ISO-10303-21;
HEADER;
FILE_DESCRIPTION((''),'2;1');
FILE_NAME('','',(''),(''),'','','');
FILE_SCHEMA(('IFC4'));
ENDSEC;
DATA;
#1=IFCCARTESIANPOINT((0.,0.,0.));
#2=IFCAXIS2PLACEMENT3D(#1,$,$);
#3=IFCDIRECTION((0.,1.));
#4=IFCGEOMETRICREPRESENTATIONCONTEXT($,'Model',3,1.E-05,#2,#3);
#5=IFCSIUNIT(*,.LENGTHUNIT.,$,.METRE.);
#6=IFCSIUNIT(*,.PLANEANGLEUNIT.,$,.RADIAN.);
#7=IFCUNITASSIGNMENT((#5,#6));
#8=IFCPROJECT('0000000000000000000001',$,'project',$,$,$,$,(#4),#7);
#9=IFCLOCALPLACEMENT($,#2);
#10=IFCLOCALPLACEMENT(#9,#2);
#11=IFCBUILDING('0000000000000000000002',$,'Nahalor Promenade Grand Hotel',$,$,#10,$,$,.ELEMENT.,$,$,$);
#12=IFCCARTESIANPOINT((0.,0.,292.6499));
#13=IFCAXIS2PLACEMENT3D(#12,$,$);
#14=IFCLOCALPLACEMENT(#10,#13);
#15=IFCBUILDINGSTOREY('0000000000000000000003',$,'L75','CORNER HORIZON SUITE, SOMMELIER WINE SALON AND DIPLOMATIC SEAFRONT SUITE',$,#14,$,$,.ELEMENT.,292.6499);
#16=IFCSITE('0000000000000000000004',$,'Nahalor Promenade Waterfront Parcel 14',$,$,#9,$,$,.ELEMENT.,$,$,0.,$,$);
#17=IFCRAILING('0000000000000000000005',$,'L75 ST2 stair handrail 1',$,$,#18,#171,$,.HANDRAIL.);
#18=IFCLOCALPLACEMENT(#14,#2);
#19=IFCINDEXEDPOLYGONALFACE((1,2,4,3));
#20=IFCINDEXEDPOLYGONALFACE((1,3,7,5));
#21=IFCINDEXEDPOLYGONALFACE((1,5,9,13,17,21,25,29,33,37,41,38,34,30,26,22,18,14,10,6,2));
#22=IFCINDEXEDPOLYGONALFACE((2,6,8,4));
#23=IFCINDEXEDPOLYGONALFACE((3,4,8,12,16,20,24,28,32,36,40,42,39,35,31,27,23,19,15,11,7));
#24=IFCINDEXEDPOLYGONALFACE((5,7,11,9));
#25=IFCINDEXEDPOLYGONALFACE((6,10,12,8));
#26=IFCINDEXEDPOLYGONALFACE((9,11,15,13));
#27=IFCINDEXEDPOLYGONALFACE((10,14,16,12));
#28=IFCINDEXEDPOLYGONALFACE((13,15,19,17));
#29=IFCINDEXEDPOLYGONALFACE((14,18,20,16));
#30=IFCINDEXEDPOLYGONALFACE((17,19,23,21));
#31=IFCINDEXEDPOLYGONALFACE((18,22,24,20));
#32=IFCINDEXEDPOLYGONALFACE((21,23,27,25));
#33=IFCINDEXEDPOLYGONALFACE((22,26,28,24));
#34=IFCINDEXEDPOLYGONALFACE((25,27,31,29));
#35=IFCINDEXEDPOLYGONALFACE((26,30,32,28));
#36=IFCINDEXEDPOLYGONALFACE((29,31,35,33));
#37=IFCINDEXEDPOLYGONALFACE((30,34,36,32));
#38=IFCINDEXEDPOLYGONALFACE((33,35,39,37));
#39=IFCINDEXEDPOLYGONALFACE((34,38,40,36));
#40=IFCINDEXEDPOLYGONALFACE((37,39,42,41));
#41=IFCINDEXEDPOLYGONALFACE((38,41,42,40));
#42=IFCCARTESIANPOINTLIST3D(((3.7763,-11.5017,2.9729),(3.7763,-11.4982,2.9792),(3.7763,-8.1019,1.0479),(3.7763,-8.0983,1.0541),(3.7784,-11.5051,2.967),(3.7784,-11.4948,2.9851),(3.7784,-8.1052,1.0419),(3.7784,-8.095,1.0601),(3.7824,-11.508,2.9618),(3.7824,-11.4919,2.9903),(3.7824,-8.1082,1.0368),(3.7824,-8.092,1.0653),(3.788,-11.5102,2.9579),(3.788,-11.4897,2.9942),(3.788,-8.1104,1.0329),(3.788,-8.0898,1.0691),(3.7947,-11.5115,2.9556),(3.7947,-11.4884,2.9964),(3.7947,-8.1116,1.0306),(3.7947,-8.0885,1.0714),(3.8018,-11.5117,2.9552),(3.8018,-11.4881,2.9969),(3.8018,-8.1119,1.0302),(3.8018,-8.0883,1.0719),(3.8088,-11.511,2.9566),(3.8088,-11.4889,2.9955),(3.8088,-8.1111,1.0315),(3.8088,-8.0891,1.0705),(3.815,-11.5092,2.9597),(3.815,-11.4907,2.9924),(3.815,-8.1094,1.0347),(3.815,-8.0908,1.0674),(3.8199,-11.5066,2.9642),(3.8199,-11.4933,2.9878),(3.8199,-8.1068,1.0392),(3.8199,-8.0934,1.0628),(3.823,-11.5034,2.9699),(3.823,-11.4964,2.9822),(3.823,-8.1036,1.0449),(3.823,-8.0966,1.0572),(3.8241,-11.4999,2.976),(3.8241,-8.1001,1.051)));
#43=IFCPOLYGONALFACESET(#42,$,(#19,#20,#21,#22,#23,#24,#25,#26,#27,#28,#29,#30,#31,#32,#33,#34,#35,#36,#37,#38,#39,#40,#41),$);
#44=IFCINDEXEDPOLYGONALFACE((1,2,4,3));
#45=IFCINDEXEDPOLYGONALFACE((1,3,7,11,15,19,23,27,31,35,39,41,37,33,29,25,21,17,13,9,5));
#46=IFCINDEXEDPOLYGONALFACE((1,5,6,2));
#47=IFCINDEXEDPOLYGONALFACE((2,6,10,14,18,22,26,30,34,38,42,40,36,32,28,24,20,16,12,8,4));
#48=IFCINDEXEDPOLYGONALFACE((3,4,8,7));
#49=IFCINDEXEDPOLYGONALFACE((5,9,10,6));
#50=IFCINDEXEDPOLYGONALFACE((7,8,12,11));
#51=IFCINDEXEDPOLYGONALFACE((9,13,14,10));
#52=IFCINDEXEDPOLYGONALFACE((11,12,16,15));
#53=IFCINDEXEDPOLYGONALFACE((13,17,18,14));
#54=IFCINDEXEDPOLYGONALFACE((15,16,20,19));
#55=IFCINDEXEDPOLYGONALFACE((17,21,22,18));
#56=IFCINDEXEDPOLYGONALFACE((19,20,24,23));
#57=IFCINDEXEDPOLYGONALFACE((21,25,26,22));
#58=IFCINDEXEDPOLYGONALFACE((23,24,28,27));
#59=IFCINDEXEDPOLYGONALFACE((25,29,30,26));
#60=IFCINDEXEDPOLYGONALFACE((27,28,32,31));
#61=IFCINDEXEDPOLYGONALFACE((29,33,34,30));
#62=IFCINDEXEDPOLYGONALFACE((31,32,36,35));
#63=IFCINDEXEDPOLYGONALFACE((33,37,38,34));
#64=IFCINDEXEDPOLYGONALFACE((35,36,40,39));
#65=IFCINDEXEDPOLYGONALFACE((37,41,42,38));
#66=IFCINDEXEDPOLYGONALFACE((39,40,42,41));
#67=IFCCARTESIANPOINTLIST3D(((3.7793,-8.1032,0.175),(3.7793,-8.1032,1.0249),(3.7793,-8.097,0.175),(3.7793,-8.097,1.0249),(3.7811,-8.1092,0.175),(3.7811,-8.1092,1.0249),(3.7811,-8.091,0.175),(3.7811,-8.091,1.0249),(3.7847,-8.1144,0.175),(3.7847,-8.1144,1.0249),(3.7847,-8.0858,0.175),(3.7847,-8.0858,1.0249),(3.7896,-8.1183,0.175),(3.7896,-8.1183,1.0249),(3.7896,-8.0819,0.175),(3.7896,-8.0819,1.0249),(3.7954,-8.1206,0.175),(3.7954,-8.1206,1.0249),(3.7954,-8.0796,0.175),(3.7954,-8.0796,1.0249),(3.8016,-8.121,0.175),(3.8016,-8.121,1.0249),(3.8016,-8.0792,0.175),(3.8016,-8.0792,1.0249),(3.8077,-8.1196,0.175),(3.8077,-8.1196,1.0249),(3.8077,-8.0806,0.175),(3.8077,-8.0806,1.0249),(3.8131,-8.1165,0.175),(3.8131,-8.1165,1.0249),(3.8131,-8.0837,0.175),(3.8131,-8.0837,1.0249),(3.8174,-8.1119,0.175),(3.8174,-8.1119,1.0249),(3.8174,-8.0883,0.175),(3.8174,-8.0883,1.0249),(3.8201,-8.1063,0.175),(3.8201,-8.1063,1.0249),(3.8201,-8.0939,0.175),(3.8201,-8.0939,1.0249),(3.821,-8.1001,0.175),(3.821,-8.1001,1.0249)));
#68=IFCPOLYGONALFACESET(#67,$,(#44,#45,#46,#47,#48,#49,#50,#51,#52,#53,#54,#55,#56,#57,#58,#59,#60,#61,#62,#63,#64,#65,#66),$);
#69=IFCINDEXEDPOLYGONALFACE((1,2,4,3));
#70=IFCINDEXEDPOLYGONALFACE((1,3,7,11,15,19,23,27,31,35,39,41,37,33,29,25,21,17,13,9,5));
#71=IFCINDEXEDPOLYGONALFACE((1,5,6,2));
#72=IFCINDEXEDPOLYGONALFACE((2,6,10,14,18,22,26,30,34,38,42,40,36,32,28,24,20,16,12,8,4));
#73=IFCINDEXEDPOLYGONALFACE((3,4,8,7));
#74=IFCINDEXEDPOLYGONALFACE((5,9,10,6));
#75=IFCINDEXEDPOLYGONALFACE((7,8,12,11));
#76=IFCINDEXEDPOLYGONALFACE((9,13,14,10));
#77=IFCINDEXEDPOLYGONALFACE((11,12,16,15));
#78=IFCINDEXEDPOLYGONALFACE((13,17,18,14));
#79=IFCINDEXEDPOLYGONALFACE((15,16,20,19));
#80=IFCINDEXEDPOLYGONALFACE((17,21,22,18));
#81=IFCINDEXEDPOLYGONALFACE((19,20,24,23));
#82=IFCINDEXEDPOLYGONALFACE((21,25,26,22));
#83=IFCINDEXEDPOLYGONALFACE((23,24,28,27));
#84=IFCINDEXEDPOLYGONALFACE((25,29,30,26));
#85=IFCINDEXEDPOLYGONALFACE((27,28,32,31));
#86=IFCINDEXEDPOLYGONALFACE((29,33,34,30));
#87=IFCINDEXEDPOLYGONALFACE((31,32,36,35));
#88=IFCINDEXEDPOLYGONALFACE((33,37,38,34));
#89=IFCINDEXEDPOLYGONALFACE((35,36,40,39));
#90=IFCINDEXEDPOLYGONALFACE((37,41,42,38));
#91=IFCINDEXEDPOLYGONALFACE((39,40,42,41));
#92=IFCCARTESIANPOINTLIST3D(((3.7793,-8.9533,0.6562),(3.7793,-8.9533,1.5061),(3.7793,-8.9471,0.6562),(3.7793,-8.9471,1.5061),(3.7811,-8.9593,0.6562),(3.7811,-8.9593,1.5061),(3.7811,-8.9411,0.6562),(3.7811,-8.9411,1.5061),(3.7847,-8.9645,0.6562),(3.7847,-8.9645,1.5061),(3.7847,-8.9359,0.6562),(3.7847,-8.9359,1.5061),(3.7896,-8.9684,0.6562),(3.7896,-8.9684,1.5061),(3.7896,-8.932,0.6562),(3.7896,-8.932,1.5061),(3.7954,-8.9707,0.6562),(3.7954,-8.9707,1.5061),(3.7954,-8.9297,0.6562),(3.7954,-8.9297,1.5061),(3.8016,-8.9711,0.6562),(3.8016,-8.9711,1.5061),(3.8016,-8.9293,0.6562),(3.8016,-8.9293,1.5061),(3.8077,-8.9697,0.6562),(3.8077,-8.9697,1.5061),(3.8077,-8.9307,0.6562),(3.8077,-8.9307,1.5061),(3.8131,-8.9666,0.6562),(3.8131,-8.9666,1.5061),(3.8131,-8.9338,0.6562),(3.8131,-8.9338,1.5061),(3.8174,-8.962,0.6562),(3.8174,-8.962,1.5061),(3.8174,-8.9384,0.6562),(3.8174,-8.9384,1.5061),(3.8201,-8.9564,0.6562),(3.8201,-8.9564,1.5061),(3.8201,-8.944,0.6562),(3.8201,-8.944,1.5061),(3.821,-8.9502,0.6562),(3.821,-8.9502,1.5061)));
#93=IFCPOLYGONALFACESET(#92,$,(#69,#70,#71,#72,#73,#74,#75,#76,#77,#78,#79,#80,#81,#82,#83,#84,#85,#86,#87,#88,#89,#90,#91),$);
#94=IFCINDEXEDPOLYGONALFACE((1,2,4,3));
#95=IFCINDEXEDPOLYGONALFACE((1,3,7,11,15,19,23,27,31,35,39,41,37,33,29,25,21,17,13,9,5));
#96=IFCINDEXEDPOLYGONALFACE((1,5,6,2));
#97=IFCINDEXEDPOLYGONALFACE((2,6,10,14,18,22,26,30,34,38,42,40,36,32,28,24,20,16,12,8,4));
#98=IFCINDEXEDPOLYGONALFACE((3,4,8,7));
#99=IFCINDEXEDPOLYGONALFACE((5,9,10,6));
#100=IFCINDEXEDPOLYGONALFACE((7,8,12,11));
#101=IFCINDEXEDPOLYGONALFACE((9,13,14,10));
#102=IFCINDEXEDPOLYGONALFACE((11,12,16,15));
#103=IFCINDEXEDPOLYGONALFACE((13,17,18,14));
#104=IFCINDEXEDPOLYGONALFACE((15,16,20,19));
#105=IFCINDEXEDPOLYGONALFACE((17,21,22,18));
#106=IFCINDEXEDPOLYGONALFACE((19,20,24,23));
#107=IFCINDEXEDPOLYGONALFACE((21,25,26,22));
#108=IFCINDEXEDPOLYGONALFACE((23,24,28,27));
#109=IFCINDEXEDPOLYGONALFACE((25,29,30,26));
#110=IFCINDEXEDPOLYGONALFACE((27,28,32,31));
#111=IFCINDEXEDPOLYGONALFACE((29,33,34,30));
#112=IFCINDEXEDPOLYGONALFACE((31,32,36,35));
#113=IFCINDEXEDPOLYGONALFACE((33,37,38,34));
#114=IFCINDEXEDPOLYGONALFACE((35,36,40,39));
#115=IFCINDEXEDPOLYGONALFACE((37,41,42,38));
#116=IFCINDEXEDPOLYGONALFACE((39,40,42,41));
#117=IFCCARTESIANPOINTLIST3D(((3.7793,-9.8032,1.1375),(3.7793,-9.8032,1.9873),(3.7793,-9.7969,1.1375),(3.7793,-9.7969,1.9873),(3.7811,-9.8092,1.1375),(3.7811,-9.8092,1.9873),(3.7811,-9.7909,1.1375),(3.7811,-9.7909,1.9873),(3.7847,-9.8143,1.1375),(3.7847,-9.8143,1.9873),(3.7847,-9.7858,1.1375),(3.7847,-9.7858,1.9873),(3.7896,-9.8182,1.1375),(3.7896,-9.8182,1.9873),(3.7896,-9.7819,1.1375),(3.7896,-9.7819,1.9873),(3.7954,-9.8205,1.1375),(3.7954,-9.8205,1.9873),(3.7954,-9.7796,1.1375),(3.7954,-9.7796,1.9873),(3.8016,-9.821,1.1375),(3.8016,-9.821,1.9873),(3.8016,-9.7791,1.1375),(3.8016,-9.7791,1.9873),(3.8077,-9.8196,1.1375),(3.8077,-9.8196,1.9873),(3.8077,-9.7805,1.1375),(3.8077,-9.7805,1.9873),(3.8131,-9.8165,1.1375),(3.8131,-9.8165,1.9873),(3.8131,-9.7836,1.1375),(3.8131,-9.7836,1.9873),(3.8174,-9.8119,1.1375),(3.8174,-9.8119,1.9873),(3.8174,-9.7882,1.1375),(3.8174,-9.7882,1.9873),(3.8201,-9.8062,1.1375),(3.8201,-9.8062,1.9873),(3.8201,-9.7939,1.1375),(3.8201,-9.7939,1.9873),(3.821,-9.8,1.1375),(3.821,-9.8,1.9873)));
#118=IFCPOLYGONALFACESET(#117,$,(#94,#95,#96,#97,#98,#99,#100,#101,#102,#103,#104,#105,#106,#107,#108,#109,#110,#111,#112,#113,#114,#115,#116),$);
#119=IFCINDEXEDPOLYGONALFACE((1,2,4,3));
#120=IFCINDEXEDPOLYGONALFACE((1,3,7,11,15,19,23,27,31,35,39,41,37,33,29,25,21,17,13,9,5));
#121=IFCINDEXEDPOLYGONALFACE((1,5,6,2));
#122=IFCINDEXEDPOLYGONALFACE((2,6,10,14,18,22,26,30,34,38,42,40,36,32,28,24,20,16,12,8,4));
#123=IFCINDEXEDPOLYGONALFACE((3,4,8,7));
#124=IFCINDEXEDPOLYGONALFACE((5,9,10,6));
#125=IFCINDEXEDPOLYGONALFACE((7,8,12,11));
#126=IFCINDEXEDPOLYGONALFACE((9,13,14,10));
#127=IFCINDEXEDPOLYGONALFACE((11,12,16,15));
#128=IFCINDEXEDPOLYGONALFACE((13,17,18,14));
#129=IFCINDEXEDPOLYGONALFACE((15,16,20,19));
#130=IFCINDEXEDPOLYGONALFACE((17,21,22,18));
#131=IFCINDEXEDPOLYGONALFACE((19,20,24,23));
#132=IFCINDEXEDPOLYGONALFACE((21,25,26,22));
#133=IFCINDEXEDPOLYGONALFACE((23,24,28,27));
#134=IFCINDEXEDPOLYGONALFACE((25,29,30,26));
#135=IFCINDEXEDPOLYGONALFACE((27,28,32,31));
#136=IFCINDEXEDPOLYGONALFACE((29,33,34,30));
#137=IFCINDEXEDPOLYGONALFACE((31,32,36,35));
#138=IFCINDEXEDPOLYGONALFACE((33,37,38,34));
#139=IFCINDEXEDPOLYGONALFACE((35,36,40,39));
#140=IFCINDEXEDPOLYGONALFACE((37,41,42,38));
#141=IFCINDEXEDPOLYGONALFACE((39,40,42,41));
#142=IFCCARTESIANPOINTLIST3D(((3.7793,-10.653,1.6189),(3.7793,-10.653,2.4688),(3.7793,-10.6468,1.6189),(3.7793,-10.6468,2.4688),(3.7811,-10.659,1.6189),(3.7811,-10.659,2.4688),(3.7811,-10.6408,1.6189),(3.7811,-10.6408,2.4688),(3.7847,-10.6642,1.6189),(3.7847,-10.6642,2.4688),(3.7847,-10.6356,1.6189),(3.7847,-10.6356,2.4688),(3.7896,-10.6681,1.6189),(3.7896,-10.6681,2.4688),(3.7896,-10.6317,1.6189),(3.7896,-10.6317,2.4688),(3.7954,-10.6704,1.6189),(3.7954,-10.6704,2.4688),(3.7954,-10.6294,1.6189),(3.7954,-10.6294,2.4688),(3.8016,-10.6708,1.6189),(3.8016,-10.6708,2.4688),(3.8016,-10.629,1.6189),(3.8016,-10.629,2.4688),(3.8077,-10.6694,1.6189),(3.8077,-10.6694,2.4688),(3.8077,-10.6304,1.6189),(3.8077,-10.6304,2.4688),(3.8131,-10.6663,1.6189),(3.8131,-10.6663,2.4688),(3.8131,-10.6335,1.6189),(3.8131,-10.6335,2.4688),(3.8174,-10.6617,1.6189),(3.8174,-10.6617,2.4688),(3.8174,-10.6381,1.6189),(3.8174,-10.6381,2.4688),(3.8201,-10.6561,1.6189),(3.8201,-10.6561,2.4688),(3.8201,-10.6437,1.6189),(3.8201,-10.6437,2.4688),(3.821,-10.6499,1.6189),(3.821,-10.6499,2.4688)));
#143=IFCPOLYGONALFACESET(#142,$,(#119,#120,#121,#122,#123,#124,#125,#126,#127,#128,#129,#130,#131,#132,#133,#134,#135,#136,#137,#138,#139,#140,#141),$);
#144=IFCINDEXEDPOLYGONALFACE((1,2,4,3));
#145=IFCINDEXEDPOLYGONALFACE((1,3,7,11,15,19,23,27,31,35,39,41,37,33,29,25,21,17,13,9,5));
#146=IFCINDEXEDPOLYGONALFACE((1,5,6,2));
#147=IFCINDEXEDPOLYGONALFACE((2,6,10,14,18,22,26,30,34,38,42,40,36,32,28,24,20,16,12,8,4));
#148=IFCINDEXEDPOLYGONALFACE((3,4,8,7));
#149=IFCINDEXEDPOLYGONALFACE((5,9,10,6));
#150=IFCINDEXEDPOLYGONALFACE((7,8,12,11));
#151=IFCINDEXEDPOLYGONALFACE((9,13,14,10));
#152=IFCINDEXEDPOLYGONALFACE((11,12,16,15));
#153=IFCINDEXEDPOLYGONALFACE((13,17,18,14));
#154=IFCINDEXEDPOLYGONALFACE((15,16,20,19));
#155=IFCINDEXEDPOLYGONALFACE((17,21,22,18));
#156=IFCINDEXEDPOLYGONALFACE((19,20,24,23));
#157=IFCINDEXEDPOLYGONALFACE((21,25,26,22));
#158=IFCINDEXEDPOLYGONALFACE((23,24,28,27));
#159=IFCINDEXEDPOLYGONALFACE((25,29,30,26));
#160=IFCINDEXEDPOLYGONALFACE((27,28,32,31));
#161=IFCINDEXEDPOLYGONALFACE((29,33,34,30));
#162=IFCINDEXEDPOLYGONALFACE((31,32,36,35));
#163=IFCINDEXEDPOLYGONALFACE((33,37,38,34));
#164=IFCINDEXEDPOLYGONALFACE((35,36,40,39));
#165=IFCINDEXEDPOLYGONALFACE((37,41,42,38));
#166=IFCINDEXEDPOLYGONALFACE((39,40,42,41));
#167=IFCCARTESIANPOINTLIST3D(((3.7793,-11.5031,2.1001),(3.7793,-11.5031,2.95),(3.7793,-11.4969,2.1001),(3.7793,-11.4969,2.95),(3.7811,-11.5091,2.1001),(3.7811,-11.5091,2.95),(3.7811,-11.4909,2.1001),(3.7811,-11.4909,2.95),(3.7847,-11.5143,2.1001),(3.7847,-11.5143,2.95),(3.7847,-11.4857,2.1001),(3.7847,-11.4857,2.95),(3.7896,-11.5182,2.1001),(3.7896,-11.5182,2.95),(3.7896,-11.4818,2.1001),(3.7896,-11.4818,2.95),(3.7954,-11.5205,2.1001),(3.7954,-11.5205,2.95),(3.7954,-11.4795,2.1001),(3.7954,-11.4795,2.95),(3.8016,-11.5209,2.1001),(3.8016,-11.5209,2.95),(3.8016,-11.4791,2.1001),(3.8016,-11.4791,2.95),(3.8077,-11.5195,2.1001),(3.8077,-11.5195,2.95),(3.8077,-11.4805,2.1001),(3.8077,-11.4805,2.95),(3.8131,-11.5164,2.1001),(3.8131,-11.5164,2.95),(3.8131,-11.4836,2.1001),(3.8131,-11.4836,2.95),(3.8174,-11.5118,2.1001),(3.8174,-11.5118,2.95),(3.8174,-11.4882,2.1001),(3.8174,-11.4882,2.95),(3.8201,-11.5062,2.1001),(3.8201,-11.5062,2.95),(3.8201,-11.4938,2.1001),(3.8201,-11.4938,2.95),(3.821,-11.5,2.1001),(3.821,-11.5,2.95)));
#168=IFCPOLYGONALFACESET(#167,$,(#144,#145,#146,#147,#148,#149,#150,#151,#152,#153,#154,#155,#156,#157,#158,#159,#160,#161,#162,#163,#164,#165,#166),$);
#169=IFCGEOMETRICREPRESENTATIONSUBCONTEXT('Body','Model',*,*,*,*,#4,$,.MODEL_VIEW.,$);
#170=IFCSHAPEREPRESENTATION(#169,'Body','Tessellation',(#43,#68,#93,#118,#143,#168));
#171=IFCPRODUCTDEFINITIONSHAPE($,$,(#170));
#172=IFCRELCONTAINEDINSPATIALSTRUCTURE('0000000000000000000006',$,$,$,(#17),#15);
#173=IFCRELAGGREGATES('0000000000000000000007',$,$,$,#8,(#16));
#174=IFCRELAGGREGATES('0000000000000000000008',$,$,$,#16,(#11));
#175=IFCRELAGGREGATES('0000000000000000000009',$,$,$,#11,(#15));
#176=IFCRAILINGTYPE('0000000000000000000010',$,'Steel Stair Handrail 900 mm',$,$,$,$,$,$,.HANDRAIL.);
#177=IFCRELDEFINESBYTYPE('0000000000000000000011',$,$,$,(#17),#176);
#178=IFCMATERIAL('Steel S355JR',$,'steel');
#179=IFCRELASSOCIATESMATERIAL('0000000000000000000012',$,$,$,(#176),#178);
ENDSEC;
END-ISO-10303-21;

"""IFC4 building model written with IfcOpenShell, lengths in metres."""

from ifc_helpers import new_model, si_unit, direction, frame, origin, origin_2d, place, context, subcontext, project, spatial, circle, extrude, material, type_object, element, save


model = new_model("IFC4")

# Units and contexts
model_context = context("Model", 3, precision=1e-05, world=origin(), true_north=direction((0.0, 1.0)))
body_context = subcontext(model_context, "Body", "Model", "MODEL_VIEW")
ifc_project = project(units=[si_unit("LENGTHUNIT", "METRE"), si_unit("PLANEANGLEUNIT", "RADIAN")], contexts=[model_context])

# Site, building, storey
site_placement = place(None, origin())
site = spatial("IfcSite", under=ifc_project, at=site_placement, Name="Nahalor Promenade Waterfront Parcel 14", CompositionType="ELEMENT", RefElevation=0.0)
building_placement = place(site_placement, origin())
building = spatial("IfcBuilding", under=site, at=building_placement, Name="Nahalor Promenade Grand Hotel", CompositionType="ELEMENT")
storey_placement = place(building_placement, frame((0.0, 0.0, 292.6499)))
storey = spatial("IfcBuildingStorey", under=building, at=storey_placement, Name="L75", Description="CORNER HORIZON SUITE, SOMMELIER WINE SALON AND DIPLOMATIC SEAFRONT SUITE", CompositionType="ELEMENT", Elevation=292.6499)

# Shared definitions
ifc_material_1 = material(Name="Steel S355JR", Category="steel")

# Railing
railing_type_1 = type_object("IfcRailingType", Name="Steel Stair Handrail 900 mm", PredefinedType="HANDRAIL", material=ifc_material_1)
railing_1_placement = place(storey_placement, frame((3.8, -8.1001, 0.175)))
element("IfcRailing", 1, at=railing_1_placement, inside=storey, type_object=railing_type_1, Name="L75 ST2 stair handrail 1", PredefinedType="HANDRAIL", context=body_context, shape_type="SweptSolid", body=[
    extrude(circle(Radius=0.024, at=origin_2d()), frame((0.0, 0.0, 0.876), z_axis=(0.0, -0.870194, 0.49271), x_axis=(1.0, 0.0, 0.0)), (0.0, 0.0, 1.0), 3.907),
    extrude(circle(Radius=0.021, at=origin_2d()), origin(), (0.0, 0.0, 1.0), 0.8499),
    extrude(circle(Radius=0.021, at=origin_2d()), frame((0.0, -0.8501, 0.4812)), (0.0, 0.0, 1.0), 0.8499),
    extrude(circle(Radius=0.021, at=origin_2d()), frame((0.0, -1.7, 0.9624)), (0.0, 0.0, 1.0), 0.8499),
    extrude(circle(Radius=0.021, at=origin_2d()), frame((0.0, -2.5498, 1.4438)), (0.0, 0.0, 1.0), 0.8499),
    extrude(circle(Radius=0.021, at=origin_2d()), frame((0.0, -3.3999, 1.925)), (0.0, 0.0, 1.0), 0.8499),
])

save(model, "model.ifc")
